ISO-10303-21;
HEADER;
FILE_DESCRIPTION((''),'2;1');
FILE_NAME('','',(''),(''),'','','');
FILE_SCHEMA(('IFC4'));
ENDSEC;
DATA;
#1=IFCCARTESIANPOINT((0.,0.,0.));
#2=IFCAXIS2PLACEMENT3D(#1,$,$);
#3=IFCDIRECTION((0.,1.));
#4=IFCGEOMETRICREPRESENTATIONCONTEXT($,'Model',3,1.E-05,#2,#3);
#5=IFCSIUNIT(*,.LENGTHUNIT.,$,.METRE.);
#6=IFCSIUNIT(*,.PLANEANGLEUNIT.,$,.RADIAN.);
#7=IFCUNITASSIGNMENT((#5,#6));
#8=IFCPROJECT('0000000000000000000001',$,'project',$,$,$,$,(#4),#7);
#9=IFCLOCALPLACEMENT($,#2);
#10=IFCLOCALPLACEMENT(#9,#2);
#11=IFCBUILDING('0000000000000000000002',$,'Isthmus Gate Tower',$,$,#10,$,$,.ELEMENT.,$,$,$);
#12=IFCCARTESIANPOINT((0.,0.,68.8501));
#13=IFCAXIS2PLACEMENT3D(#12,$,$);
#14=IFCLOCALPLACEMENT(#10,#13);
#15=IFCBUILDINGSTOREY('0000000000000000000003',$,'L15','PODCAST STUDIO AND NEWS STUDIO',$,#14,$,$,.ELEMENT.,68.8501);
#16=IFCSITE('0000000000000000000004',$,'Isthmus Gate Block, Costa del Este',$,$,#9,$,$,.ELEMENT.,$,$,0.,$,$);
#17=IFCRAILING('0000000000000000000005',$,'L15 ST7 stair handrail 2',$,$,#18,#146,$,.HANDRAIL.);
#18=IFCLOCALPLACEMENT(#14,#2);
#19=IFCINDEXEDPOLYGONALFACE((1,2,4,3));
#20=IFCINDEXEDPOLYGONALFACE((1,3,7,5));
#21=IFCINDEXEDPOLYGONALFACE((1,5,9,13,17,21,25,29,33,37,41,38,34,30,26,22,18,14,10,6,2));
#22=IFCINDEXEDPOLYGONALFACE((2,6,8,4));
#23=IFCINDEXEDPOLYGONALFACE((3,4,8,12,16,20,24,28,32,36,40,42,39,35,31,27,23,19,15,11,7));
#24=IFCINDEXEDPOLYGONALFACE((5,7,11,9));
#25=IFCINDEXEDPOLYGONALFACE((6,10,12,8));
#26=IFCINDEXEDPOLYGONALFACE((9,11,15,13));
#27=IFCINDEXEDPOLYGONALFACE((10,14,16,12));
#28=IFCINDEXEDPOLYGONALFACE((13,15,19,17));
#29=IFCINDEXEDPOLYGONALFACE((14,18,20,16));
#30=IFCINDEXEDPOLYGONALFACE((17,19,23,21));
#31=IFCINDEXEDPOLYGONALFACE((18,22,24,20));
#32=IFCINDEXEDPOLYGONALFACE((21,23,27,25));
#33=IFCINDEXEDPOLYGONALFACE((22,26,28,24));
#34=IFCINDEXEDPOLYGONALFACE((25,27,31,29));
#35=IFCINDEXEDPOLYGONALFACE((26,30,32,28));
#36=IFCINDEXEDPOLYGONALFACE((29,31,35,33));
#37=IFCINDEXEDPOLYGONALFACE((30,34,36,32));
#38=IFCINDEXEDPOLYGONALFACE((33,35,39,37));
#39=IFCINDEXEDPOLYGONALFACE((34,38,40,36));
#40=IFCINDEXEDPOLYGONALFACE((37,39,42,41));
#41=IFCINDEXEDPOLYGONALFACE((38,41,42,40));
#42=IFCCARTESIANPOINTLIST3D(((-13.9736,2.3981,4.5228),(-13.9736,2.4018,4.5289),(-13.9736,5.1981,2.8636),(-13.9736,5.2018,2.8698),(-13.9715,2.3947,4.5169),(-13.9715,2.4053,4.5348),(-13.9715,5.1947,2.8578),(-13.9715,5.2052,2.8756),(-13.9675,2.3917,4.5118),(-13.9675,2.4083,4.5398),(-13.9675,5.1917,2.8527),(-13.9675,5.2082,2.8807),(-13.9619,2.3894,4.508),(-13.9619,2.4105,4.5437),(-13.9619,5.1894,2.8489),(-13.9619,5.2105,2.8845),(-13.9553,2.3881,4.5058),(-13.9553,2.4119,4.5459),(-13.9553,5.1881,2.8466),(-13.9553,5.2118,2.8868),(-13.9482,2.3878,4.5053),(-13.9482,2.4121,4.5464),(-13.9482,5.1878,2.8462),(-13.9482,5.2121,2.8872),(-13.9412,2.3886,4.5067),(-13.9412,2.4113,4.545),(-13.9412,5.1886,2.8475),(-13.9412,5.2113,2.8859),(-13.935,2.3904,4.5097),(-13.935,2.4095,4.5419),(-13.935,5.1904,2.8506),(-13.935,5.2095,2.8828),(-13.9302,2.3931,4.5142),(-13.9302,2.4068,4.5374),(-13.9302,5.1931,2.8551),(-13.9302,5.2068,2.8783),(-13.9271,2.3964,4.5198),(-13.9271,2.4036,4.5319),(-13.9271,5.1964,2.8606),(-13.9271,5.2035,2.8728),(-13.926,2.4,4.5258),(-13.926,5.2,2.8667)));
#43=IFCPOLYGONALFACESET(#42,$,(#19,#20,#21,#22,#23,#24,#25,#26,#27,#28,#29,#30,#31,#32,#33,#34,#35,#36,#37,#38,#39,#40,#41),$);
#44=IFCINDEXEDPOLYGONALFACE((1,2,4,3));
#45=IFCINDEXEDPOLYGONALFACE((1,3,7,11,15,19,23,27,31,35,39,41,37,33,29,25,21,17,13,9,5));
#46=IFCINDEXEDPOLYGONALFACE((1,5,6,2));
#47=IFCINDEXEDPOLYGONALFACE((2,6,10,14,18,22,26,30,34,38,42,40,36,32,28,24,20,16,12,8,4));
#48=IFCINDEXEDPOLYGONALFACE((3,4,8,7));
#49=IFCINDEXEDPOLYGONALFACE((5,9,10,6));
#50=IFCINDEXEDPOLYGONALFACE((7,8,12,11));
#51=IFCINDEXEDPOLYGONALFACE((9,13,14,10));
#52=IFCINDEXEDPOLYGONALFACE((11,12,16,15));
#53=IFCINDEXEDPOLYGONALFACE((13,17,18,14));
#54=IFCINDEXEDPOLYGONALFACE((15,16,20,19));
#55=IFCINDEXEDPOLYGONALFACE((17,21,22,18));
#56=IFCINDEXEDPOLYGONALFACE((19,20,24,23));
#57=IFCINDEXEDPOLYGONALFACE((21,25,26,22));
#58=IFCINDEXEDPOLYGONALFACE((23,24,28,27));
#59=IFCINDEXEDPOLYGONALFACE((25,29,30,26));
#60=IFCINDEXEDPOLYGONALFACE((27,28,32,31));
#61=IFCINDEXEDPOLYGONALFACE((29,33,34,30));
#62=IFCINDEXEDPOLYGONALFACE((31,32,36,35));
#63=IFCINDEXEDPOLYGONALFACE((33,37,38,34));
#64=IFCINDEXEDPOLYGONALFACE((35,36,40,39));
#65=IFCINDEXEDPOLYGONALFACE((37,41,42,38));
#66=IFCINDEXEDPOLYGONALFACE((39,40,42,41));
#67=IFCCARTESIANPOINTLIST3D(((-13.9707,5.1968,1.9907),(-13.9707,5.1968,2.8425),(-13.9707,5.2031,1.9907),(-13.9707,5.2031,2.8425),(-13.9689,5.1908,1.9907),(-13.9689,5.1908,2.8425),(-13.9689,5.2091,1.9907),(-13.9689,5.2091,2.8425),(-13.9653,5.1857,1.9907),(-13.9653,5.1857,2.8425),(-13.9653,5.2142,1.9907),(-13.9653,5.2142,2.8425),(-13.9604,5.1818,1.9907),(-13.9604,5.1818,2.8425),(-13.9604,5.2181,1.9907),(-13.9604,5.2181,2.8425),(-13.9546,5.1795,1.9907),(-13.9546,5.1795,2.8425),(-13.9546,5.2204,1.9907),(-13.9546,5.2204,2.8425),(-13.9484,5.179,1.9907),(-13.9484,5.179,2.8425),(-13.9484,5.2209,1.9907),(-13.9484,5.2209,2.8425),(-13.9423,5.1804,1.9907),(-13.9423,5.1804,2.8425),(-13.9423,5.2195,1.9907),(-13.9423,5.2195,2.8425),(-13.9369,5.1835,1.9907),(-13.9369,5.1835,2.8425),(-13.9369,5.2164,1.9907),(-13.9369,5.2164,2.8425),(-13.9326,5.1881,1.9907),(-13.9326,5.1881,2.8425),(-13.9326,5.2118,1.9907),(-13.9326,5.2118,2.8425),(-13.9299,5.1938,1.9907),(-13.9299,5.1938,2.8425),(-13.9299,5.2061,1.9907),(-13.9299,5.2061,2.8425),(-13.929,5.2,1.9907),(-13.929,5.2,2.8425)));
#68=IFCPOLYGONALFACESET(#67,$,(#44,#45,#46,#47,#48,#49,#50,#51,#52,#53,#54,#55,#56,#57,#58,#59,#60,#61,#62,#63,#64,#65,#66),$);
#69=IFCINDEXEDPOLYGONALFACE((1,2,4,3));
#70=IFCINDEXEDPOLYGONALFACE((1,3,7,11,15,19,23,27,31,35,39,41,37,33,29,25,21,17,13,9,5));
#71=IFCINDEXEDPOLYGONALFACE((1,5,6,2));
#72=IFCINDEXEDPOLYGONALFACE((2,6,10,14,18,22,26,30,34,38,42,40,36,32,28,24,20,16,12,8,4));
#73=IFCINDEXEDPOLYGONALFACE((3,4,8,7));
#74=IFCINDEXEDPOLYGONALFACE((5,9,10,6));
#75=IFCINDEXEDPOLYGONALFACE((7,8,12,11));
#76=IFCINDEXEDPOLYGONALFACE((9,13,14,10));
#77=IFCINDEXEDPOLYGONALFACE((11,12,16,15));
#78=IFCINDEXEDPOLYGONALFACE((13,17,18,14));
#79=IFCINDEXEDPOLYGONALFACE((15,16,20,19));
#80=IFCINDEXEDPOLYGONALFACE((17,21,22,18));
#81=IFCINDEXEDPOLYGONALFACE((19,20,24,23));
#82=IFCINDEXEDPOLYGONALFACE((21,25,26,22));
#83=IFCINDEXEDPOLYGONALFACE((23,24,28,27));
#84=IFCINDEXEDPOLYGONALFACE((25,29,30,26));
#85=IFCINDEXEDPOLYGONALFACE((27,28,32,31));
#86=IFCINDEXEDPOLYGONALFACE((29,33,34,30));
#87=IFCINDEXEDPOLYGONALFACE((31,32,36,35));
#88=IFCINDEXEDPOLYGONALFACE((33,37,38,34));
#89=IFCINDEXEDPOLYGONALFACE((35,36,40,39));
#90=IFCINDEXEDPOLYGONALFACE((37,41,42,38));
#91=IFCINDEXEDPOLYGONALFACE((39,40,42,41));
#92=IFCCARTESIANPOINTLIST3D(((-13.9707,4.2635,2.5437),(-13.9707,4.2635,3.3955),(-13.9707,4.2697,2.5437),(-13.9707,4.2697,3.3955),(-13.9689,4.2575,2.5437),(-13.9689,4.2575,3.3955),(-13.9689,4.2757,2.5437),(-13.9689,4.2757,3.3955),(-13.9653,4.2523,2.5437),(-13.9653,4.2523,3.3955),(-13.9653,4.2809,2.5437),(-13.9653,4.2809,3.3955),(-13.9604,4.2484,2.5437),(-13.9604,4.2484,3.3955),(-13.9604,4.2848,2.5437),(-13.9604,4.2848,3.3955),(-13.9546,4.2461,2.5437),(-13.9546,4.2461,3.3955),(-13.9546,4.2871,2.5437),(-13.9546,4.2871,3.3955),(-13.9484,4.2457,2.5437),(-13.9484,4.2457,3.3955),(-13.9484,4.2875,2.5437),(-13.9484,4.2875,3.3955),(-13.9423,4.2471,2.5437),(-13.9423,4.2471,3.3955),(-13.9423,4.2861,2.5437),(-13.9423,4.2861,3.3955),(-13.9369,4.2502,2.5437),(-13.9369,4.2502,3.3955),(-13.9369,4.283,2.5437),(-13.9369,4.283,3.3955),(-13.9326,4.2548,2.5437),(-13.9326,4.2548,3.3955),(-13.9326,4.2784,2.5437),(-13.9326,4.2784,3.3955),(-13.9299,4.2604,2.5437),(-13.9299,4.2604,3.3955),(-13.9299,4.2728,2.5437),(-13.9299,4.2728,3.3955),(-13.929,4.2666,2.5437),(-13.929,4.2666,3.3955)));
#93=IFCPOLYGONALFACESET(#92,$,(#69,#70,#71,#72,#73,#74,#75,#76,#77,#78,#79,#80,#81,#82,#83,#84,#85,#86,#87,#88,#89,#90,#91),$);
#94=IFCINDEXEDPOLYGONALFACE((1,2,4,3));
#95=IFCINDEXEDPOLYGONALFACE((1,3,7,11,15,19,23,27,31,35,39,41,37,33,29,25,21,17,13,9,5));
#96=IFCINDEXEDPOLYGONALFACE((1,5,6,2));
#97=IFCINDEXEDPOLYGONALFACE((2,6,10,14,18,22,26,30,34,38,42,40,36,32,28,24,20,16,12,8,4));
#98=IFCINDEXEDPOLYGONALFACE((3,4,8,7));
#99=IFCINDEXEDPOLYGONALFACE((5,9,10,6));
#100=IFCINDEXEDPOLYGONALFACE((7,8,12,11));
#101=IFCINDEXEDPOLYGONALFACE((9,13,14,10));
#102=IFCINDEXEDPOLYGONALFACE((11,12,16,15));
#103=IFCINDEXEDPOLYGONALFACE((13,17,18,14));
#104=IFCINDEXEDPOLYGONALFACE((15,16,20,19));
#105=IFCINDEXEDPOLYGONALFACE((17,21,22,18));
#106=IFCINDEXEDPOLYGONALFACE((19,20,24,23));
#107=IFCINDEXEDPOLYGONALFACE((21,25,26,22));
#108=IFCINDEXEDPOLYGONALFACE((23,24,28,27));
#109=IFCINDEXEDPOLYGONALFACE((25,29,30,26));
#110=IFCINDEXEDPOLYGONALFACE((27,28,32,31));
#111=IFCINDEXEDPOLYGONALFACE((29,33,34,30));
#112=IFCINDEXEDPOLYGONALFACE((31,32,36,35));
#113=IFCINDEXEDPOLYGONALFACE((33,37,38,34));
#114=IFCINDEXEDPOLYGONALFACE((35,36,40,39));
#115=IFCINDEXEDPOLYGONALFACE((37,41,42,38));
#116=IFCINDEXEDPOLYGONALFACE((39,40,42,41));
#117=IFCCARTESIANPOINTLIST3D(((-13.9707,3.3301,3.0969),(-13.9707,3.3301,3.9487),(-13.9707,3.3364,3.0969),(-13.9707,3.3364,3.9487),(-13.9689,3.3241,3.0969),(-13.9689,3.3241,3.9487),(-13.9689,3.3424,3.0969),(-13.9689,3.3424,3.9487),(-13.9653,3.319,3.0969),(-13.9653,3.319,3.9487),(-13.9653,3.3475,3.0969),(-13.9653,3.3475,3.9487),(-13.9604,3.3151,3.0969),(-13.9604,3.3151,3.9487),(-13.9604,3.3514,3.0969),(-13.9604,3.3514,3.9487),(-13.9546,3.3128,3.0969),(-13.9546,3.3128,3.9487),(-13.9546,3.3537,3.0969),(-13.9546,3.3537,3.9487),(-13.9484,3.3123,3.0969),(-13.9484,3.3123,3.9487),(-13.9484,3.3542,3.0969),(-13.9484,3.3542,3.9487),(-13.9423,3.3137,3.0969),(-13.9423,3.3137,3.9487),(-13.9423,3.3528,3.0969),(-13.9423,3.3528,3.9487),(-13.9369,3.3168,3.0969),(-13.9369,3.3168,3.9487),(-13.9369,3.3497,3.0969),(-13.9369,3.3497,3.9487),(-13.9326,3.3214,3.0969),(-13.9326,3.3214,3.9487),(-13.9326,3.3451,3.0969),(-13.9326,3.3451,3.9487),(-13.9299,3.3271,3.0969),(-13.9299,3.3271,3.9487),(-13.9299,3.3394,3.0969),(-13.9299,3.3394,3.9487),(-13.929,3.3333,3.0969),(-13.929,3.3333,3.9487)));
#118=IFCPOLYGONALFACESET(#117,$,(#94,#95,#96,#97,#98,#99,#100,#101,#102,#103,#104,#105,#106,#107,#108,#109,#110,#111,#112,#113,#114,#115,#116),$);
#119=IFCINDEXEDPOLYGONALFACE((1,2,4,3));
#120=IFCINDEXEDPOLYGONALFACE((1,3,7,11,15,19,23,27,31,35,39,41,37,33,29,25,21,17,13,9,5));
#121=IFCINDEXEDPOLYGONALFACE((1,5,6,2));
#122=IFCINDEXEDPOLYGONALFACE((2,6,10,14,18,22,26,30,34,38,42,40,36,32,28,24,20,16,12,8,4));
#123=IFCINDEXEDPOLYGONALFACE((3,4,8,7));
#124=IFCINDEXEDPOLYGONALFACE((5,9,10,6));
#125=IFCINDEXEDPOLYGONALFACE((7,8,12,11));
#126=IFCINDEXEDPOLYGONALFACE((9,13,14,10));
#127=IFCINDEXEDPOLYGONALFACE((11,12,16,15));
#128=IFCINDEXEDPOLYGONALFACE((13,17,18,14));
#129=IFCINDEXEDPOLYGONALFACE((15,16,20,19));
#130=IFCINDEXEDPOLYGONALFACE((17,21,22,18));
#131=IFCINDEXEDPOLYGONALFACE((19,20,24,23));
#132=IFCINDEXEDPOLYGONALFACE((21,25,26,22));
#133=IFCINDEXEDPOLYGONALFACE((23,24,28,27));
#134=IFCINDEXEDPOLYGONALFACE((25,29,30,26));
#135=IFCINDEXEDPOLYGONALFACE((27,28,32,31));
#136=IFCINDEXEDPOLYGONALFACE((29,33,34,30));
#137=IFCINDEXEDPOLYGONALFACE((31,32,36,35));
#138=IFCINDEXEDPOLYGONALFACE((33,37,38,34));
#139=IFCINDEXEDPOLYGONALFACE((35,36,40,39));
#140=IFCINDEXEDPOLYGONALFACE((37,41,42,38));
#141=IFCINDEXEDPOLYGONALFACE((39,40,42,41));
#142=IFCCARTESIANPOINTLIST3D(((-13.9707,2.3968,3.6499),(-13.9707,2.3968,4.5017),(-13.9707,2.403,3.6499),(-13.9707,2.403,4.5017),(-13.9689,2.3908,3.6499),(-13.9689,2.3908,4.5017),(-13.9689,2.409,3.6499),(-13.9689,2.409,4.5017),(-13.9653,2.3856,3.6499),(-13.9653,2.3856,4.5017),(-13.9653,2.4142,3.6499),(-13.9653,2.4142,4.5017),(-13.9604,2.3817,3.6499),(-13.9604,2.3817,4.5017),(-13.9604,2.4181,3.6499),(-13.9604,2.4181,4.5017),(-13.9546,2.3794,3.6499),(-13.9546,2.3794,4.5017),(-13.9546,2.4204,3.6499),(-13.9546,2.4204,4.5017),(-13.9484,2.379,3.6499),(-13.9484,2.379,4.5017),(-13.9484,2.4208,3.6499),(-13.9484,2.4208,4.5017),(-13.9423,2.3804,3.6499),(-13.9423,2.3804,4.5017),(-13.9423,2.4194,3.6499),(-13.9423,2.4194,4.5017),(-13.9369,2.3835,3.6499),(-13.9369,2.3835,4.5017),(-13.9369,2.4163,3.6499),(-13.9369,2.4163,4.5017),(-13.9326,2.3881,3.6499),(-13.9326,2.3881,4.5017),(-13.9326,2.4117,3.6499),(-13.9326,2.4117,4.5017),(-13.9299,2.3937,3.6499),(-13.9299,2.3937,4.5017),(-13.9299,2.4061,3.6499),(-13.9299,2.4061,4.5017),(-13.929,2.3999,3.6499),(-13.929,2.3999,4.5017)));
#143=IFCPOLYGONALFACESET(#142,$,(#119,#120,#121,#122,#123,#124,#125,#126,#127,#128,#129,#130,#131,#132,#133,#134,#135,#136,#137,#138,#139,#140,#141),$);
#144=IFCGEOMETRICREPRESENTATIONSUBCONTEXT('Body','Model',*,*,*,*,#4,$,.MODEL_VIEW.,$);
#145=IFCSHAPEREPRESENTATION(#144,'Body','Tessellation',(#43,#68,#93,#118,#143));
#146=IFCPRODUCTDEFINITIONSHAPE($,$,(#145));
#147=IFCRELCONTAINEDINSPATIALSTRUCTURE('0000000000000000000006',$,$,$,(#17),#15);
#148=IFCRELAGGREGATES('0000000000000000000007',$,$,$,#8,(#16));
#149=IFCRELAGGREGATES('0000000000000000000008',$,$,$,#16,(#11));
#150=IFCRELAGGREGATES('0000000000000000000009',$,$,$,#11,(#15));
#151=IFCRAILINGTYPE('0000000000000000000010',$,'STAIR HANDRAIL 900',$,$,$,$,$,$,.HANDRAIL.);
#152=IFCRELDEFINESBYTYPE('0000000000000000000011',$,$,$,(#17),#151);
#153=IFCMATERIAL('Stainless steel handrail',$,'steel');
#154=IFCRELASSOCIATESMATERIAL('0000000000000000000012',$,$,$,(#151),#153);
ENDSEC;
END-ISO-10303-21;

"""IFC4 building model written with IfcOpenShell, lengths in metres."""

from ifc_helpers import new_model, si_unit, direction, frame, origin, origin_2d, place, context, subcontext, project, spatial, circle, extrude, material, type_object, element, save


model = new_model("IFC4")

# Units and contexts
model_context = context("Model", 3, precision=1e-05, world=origin(), true_north=direction((0.0, 1.0)))
body_context = subcontext(model_context, "Body", "Model", "MODEL_VIEW")
ifc_project = project(units=[si_unit("LENGTHUNIT", "METRE"), si_unit("PLANEANGLEUNIT", "RADIAN")], contexts=[model_context])

# Site, building, storey
site_placement = place(None, origin())
site = spatial("IfcSite", under=ifc_project, at=site_placement, Name="Isthmus Gate Block, Costa del Este", CompositionType="ELEMENT", RefElevation=0.0)
building_placement = place(site_placement, origin())
building = spatial("IfcBuilding", under=site, at=building_placement, Name="Isthmus Gate Tower", CompositionType="ELEMENT")
storey_placement = place(building_placement, frame((0.0, 0.0, 68.8501)))
storey = spatial("IfcBuildingStorey", under=building, at=storey_placement, Name="L15", Description="PODCAST STUDIO AND NEWS STUDIO", CompositionType="ELEMENT", Elevation=68.8501)

# Railing
ifc_material_1 = material(Name="Stainless steel handrail", Category="steel")
railing_type = type_object("IfcRailingType", Name="STAIR HANDRAIL 900", PredefinedType="HANDRAIL", material=ifc_material_1)
railing_placement = place(storey_placement, frame((-13.95, 5.2, 1.9907)))
element("IfcRailing", 1, at=railing_placement, inside=storey, type_object=railing_type, Name="L15 ST7 stair handrail 2", PredefinedType="HANDRAIL", context=body_context, shape_type="SweptSolid", body=[
    extrude(circle(Radius=0.0239, at=origin_2d()), frame((0.0, 0.0, 0.876), z_axis=(0.0, -0.860306, 0.509778), x_axis=(1.0, 0.0, 0.0)), (0.0, 0.0, 1.0), 3.2546),
    extrude(circle(Radius=0.021, at=origin_2d()), origin(), (0.0, 0.0, 1.0), 0.8518),
    extrude(circle(Radius=0.021, at=origin_2d()), frame((0.0, -0.9333, 0.553)), (0.0, 0.0, 1.0), 0.8518),
    extrude(circle(Radius=0.021, at=origin_2d()), frame((0.0, -1.8667, 1.1062)), (0.0, 0.0, 1.0), 0.8518),
    extrude(circle(Radius=0.021, at=origin_2d()), frame((0.0, -2.8, 1.6592)), (0.0, 0.0, 1.0), 0.8518),
])

save(model, "model.ifc")
